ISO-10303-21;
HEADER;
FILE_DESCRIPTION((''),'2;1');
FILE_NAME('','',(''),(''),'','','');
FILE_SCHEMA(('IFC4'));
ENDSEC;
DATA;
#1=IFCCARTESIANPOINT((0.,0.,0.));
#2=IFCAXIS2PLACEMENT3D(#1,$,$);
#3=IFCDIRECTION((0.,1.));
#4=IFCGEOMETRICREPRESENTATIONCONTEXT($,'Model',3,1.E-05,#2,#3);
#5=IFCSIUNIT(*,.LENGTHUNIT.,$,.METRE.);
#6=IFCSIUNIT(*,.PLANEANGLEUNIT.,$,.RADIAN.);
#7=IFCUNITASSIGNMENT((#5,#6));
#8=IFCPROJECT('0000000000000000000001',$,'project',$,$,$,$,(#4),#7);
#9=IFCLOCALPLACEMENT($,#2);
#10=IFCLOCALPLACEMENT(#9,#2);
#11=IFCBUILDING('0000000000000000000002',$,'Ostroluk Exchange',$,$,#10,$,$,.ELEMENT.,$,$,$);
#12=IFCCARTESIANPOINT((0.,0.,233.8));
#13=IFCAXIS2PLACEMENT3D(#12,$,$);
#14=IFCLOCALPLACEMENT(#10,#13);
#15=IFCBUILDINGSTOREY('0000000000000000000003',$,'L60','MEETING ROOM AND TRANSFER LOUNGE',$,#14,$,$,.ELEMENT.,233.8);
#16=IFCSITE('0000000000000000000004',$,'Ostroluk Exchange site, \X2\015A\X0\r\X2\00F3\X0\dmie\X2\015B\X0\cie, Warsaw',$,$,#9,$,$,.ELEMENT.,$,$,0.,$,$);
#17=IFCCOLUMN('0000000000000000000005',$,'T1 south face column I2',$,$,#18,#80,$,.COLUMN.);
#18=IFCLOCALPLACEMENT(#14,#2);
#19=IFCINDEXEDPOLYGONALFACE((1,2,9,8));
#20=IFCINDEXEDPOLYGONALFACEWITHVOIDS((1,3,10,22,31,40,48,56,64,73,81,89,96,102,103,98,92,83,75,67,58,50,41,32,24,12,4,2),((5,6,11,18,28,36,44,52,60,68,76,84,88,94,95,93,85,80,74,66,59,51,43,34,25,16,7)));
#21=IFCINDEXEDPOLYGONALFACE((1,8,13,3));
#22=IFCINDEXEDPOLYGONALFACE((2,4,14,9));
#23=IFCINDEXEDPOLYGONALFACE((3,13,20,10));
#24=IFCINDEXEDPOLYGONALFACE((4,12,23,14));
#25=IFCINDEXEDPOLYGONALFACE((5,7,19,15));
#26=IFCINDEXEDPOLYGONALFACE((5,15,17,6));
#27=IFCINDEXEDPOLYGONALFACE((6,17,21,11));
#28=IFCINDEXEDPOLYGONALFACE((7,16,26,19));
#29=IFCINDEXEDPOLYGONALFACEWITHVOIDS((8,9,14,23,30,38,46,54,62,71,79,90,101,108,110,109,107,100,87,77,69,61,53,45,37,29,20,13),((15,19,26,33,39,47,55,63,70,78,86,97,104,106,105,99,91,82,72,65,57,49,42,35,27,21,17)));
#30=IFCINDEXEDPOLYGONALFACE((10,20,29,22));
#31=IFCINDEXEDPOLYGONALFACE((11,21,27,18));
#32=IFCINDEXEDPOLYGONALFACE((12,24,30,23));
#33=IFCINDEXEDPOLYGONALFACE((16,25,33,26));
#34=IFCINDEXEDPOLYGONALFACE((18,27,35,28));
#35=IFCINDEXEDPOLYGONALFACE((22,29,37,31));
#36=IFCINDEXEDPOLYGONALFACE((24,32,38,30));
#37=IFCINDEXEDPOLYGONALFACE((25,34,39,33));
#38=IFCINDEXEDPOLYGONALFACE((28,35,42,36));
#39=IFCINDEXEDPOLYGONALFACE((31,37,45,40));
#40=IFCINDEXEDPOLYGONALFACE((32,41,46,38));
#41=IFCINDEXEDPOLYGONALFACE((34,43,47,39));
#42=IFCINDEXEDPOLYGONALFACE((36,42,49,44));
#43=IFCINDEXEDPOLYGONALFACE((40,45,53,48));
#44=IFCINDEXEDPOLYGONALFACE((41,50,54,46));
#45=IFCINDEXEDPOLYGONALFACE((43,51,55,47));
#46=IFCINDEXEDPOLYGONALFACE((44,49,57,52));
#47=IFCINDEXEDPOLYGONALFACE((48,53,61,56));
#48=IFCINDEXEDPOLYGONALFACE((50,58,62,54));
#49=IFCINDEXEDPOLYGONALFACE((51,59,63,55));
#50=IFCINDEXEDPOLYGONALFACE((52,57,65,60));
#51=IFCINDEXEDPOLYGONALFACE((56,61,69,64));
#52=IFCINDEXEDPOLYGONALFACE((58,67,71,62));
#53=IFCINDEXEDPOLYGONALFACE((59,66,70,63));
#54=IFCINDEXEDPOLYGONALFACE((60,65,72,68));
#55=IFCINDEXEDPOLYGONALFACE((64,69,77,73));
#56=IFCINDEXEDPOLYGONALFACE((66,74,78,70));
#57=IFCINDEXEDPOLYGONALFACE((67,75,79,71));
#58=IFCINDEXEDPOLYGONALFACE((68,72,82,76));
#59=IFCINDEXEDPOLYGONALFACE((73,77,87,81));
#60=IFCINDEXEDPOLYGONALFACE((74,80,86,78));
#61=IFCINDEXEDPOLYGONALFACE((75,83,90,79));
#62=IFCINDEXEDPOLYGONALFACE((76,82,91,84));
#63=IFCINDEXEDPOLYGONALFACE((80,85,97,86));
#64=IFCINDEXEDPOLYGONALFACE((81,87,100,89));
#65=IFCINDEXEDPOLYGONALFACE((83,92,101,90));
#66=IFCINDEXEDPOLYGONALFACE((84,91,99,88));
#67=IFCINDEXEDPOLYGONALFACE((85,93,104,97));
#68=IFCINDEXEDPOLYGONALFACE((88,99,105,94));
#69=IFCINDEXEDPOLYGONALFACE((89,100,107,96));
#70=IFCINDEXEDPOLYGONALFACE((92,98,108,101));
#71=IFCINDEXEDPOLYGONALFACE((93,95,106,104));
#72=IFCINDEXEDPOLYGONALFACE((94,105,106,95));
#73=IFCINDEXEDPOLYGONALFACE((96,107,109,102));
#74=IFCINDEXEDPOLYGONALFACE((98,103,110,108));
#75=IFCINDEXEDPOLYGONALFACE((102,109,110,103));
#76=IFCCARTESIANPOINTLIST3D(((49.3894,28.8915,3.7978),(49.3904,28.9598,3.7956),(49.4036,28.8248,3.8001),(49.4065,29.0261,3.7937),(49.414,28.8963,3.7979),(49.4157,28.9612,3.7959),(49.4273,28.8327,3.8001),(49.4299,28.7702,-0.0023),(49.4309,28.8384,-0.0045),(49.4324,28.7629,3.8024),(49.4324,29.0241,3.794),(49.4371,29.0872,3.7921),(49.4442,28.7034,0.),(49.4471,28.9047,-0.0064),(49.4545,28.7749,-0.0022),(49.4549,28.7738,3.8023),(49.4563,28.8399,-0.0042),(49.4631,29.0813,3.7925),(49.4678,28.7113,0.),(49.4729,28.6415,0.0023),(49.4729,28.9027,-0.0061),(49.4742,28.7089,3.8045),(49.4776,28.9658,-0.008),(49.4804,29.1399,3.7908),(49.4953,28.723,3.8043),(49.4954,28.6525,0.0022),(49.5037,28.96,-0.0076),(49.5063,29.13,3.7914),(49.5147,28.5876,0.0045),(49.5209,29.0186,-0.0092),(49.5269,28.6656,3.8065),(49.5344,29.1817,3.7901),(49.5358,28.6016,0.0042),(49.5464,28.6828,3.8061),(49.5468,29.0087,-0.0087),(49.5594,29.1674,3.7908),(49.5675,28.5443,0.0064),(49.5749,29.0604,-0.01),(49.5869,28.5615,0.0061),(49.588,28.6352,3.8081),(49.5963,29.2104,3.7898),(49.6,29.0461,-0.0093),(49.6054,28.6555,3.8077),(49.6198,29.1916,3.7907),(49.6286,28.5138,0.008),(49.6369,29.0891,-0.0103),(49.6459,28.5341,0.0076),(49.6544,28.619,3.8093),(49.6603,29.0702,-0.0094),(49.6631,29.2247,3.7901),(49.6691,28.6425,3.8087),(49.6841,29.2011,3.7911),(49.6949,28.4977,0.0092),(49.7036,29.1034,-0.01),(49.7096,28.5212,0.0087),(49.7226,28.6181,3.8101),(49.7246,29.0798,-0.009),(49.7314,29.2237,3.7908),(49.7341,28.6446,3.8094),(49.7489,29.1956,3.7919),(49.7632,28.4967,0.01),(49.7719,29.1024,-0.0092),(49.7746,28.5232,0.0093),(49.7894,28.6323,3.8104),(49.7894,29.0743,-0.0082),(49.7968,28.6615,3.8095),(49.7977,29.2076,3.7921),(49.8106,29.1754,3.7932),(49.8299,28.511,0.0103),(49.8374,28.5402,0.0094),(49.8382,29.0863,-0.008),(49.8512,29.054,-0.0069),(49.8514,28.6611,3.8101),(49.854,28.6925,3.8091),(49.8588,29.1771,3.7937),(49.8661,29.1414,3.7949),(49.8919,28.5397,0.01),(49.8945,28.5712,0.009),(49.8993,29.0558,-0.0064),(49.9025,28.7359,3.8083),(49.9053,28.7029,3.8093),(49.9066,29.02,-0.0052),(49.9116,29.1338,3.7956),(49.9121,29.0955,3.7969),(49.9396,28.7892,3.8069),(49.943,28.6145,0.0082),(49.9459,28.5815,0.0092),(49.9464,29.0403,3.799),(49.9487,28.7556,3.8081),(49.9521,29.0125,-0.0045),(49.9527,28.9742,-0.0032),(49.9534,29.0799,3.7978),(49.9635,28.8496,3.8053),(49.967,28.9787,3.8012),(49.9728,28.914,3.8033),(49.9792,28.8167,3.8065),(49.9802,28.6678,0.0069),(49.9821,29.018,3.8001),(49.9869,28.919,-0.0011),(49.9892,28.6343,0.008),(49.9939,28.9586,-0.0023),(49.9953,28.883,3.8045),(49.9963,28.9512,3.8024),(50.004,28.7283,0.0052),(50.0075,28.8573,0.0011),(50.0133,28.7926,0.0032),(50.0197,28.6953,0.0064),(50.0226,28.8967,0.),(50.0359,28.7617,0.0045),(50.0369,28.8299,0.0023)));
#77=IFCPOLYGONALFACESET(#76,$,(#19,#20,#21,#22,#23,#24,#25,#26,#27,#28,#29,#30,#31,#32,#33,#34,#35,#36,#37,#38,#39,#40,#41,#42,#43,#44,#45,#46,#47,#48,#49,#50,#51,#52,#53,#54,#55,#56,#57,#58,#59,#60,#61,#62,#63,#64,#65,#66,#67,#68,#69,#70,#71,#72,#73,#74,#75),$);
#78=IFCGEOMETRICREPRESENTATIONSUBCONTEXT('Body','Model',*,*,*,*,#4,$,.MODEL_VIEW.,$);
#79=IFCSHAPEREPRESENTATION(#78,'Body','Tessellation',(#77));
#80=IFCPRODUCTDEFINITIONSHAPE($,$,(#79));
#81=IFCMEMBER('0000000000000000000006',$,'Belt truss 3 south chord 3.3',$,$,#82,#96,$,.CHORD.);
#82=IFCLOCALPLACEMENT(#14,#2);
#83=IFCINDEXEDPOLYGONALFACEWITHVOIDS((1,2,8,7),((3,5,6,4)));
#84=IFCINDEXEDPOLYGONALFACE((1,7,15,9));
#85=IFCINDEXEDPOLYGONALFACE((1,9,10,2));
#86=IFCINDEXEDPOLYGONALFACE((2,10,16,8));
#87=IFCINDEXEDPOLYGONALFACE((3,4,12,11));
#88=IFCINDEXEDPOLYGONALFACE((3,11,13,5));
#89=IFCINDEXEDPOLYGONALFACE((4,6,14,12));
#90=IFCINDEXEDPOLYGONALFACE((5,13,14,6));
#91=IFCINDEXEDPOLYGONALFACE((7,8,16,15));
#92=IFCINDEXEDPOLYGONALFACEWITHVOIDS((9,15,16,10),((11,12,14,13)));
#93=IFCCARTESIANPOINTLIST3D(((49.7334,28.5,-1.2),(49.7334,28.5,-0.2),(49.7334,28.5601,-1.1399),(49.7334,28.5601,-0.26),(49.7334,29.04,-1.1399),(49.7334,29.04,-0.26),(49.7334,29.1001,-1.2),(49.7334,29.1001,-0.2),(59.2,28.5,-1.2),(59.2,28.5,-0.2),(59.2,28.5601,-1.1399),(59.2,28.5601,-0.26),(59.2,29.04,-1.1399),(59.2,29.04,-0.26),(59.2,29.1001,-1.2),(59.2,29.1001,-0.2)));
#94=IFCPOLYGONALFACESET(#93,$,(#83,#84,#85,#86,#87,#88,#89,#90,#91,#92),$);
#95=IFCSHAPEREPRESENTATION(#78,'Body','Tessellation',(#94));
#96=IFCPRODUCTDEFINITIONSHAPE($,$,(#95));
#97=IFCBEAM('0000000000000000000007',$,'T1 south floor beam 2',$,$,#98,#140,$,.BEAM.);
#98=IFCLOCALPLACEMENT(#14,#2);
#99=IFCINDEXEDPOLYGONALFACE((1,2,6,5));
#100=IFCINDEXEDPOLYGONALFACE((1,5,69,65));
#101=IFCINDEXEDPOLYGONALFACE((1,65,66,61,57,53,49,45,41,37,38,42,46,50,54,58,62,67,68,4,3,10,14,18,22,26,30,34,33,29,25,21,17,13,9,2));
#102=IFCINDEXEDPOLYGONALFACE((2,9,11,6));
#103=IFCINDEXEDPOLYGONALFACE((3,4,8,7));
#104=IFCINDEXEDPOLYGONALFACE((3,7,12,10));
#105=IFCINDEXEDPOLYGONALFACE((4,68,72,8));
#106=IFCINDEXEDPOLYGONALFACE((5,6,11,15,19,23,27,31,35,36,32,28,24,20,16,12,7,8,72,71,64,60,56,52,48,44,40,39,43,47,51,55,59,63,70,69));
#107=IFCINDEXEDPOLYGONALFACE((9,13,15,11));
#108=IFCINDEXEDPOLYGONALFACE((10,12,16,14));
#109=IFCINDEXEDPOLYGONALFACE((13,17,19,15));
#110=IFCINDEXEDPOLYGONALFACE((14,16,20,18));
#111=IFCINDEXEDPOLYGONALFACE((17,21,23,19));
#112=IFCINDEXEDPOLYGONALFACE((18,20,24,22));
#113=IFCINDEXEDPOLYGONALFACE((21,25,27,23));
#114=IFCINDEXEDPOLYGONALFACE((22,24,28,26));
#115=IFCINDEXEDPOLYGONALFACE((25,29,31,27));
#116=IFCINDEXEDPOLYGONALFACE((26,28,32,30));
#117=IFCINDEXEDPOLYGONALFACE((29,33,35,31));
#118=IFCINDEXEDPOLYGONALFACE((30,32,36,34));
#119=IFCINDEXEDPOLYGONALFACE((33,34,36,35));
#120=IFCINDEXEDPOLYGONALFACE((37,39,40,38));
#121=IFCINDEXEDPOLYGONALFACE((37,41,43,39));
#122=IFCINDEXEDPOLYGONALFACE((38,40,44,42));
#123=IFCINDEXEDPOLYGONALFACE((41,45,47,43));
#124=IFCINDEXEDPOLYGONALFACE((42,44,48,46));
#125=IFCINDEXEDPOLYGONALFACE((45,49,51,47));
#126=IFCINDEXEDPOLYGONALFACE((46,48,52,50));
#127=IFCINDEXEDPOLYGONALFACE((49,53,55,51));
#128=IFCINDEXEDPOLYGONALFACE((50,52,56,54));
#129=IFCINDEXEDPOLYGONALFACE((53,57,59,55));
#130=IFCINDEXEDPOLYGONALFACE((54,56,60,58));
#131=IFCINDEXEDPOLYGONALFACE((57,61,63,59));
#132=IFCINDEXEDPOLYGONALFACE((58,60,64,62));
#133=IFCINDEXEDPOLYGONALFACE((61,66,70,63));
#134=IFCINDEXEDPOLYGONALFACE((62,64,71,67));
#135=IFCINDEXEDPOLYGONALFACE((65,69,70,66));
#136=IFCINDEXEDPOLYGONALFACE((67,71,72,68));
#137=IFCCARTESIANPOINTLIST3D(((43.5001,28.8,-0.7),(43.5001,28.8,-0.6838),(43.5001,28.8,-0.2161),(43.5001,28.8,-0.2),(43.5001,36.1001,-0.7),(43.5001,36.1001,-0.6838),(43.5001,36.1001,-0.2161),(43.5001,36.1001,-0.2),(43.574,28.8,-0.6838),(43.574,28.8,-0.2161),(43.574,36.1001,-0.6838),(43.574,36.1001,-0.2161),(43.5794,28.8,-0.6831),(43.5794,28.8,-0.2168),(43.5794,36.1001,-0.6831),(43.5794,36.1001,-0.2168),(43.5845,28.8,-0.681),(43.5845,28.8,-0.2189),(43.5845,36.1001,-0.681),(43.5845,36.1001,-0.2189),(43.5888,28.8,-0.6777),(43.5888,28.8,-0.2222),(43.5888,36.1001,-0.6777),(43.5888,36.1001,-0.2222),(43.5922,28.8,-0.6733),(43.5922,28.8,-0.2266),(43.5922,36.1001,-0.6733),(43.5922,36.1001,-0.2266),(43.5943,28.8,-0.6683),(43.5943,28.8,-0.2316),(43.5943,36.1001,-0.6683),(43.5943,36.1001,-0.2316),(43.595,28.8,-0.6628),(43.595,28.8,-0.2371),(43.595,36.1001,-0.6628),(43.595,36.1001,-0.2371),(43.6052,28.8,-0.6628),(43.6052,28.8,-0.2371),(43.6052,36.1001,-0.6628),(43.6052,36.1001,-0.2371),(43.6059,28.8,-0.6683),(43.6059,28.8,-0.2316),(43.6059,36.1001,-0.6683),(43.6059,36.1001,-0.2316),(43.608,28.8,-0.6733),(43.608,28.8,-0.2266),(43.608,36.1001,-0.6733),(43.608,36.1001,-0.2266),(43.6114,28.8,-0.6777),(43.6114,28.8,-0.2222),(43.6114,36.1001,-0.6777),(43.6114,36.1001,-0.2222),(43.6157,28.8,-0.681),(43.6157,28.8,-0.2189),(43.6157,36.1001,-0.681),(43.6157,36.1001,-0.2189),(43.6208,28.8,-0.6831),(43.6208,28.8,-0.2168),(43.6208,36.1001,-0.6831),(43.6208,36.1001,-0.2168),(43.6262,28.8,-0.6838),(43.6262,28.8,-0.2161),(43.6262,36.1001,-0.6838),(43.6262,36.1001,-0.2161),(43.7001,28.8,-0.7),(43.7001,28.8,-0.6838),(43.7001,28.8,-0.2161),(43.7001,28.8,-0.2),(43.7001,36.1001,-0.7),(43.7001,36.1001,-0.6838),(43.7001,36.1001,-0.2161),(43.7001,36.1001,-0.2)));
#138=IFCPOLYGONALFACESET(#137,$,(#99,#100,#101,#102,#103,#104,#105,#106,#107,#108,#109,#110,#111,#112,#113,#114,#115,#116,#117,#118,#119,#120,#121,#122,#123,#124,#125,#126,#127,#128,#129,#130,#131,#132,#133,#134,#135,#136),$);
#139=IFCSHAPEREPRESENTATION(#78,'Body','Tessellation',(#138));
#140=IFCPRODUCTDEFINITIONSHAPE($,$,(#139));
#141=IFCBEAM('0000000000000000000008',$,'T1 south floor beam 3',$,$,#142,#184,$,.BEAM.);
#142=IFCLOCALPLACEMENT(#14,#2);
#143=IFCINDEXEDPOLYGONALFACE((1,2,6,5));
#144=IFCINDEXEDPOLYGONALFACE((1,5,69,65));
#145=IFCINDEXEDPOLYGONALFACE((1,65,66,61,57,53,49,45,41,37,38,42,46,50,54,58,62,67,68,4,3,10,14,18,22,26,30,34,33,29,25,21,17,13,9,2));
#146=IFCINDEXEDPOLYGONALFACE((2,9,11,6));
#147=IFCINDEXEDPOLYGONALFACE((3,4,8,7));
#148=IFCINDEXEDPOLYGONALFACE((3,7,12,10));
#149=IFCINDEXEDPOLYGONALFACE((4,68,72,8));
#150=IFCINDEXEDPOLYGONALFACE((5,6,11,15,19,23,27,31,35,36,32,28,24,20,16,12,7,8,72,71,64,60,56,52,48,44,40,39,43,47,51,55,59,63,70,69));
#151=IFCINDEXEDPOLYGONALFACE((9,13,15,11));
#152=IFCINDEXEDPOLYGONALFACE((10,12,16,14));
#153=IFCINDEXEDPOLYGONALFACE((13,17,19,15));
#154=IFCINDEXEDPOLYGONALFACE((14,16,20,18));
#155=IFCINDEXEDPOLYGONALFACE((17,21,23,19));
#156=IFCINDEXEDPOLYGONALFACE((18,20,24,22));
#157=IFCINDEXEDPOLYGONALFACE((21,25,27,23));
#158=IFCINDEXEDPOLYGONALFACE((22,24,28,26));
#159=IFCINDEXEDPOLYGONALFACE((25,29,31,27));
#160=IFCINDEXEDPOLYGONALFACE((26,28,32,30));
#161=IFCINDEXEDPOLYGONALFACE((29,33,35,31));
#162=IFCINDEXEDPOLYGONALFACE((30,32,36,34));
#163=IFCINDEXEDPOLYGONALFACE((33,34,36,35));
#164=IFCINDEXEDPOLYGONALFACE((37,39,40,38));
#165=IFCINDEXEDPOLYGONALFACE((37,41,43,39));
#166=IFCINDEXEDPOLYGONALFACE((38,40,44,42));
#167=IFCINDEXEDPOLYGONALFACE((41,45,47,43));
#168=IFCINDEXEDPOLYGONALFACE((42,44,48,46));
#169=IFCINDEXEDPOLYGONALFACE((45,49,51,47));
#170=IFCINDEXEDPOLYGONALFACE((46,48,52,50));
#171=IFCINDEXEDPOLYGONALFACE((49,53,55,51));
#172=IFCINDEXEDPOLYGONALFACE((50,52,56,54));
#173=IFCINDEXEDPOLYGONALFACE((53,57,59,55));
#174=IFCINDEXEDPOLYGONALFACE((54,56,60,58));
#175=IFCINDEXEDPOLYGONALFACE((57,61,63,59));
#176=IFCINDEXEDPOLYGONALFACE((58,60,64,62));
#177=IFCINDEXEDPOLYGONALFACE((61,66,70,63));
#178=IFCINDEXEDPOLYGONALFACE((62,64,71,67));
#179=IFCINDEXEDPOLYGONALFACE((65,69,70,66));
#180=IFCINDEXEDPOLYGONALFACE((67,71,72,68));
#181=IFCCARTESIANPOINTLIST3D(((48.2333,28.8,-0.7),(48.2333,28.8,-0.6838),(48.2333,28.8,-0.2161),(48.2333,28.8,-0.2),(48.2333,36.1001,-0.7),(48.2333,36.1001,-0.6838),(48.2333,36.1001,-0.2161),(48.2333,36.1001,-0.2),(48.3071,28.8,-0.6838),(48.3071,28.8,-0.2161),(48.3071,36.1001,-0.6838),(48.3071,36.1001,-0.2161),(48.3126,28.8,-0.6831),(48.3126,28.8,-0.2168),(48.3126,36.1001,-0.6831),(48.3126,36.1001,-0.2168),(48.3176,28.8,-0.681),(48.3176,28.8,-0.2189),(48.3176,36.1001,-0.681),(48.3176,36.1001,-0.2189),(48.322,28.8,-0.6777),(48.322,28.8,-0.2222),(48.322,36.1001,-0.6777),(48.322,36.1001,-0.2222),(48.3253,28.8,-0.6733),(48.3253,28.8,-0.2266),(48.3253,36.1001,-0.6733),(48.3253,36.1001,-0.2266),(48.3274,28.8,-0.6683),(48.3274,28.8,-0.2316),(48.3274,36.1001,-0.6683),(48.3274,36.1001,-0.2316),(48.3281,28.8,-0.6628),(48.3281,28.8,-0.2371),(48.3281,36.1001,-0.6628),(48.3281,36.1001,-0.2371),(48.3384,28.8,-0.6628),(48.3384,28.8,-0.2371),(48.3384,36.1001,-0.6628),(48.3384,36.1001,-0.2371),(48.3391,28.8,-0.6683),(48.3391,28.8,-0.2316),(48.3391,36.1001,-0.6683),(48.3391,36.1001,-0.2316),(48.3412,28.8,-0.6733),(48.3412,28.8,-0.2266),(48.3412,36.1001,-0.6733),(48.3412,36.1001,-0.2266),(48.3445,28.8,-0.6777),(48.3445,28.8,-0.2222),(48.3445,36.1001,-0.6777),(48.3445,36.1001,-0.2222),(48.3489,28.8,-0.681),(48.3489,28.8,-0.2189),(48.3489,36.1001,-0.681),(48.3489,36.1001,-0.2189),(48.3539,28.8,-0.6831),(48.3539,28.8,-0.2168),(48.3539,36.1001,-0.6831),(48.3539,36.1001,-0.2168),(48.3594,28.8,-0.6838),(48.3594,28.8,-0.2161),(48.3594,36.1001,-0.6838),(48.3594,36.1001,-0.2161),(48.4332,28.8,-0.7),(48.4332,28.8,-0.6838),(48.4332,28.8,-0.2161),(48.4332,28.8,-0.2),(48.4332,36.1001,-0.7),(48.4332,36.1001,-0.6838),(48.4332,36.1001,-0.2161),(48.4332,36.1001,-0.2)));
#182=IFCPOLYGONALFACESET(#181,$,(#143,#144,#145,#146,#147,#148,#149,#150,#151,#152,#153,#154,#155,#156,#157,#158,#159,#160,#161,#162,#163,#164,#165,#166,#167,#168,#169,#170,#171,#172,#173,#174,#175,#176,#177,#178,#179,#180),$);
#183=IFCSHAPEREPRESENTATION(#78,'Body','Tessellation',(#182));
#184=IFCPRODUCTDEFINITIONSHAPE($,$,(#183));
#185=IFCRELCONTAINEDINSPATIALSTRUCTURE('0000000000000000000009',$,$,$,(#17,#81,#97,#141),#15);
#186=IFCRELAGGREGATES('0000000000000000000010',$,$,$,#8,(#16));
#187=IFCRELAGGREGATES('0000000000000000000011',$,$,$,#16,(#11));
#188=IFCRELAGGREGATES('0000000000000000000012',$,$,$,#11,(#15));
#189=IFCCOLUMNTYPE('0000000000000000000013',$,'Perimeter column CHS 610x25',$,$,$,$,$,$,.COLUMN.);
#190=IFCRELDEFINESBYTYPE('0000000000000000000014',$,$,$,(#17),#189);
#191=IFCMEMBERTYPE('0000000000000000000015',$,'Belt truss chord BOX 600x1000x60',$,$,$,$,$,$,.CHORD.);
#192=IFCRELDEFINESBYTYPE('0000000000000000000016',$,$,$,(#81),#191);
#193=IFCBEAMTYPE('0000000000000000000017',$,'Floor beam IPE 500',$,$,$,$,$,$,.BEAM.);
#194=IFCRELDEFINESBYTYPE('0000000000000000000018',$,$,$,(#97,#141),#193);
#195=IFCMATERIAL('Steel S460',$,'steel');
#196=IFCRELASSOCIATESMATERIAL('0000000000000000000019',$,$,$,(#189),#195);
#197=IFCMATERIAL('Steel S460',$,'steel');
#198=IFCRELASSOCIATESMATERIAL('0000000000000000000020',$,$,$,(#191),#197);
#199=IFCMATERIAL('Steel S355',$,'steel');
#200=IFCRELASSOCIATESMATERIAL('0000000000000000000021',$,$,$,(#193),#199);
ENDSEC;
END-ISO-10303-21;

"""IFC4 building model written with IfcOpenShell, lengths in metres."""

from ifc_helpers import new_model, si_unit, direction, frame, origin, origin_2d, place, context, subcontext, project, spatial, hollow_rectangle, hollow_circle, i_section, extrude, material, material_profile, profile_set, type_object, element, save


model = new_model("IFC4")

# Units and contexts
model_context = context("Model", 3, precision=1e-05, world=origin(), true_north=direction((0.0, 1.0)))
body_context = subcontext(model_context, "Body", "Model", "MODEL_VIEW")
ifc_project = project(units=[si_unit("LENGTHUNIT", "METRE"), si_unit("PLANEANGLEUNIT", "RADIAN")], contexts=[model_context])

# Site, building, storey
site_placement = place(None, origin())
site = spatial("IfcSite", under=ifc_project, at=site_placement, Name="Ostroluk Exchange site, Śródmieście, Warsaw", CompositionType="ELEMENT", RefElevation=0.0)
building_placement = place(site_placement, origin())
building = spatial("IfcBuilding", under=site, at=building_placement, Name="Ostroluk Exchange", CompositionType="ELEMENT")
storey_placement = place(building_placement, frame((0.0, 0.0, 233.8)))
storey = spatial("IfcBuildingStorey", under=building, at=storey_placement, Name="L60", Description="MEETING ROOM AND TRANSFER LOUNGE", CompositionType="ELEMENT", Elevation=233.8)

# Column
ifc_material_1 = material(Name="Steel S460", Category="steel")
ifc_material_profile_1 = material_profile(ifc_material_1, hollow_circle(Radius=0.3049, WallThickness=0.0249, at=origin_2d()), Name="CHS 610x25")
ifc_profile_set_1 = profile_set([ifc_material_profile_1], Name="Steel S460")
column_type = type_object("IfcColumnType", Name="Perimeter column CHS 610x25", PredefinedType="COLUMN", material=ifc_profile_set_1)
column_placement = place(storey_placement, frame((49.7334, 28.8, 0.0), z_axis=(-0.010659, 0.031913, 0.999434), x_axis=(-0.948492, -0.3168, 0.0)))
element("IfcColumn", 1, at=column_placement, inside=storey, type_object=column_type, Name="T1 south face column I2", PredefinedType="COLUMN", context=body_context, shape_type="SweptSolid", body=[
    extrude(hollow_circle(Radius=0.3049, WallThickness=0.0249, at=origin_2d()), origin(), (0.0, 0.0, 1.0), 3.8022),
])

# Member
ifc_material_2 = material(Name="Steel S460", Category="steel")
ifc_material_profile_2 = material_profile(ifc_material_2, hollow_rectangle(XDim=0.6001, YDim=1.0, WallThickness=0.0601, at=origin_2d()), Name="BOX 600x1000x60")
ifc_profile_set_2 = profile_set([ifc_material_profile_2], Name="Steel S460")
member_type_1 = type_object("IfcMemberType", Name="Belt truss chord BOX 600x1000x60", PredefinedType="CHORD", material=ifc_profile_set_2)
member_1_placement = place(storey_placement, frame((49.7334, 28.8, -0.7), z_axis=(1.0, 0.0, 0.0), x_axis=(0.0, 1.0, 0.0)))
element("IfcMember", 2, at=member_1_placement, inside=storey, type_object=member_type_1, Name="Belt truss 3 south chord 3.3", PredefinedType="CHORD", context=body_context, shape_type="SweptSolid", body=[
    extrude(hollow_rectangle(XDim=0.6001, YDim=1.0, WallThickness=0.0601, at=origin_2d()), origin(), (0.0, 0.0, 1.0), 9.4666),
])

# Beams
ifc_material_3 = material(Name="Steel S355", Category="steel")
ifc_material_profile_3 = material_profile(ifc_material_3, i_section(OverallWidth=0.2, OverallDepth=0.5, WebThickness=0.0103, FlangeThickness=0.0161, FilletRadius=0.021, at=origin_2d()), Name="IPE 500")
ifc_profile_set_3 = profile_set([ifc_material_profile_3], Name="Steel S355")
beam_type = type_object("IfcBeamType", Name="Floor beam IPE 500", PredefinedType="BEAM", material=ifc_profile_set_3)
for number, where, z_axis, x_axis, name in (
    (3, (43.6001, 36.1001, -0.45), (0.0, -1.0, 0.0), (1.0, 0.0, 0.0), "T1 south floor beam 2"),
    (4, (48.3333, 36.1001, -0.45), (0.0, -1.0, 0.0), (1.0, 0.0, 0.0), "T1 south floor beam 3"),
):
    element("IfcBeam", number, at=place(storey_placement, frame(where, z_axis=z_axis, x_axis=x_axis)), inside=storey, type_object=beam_type, Name=name, PredefinedType="BEAM", context=body_context, shape_type="SweptSolid", body=[
        extrude(i_section(OverallWidth=0.2, OverallDepth=0.5, WebThickness=0.0103, FlangeThickness=0.0161, FilletRadius=0.021, at=origin_2d()), origin(), (0.0, 0.0, 1.0), 7.3),
    ])

save(model, "model.ifc")
